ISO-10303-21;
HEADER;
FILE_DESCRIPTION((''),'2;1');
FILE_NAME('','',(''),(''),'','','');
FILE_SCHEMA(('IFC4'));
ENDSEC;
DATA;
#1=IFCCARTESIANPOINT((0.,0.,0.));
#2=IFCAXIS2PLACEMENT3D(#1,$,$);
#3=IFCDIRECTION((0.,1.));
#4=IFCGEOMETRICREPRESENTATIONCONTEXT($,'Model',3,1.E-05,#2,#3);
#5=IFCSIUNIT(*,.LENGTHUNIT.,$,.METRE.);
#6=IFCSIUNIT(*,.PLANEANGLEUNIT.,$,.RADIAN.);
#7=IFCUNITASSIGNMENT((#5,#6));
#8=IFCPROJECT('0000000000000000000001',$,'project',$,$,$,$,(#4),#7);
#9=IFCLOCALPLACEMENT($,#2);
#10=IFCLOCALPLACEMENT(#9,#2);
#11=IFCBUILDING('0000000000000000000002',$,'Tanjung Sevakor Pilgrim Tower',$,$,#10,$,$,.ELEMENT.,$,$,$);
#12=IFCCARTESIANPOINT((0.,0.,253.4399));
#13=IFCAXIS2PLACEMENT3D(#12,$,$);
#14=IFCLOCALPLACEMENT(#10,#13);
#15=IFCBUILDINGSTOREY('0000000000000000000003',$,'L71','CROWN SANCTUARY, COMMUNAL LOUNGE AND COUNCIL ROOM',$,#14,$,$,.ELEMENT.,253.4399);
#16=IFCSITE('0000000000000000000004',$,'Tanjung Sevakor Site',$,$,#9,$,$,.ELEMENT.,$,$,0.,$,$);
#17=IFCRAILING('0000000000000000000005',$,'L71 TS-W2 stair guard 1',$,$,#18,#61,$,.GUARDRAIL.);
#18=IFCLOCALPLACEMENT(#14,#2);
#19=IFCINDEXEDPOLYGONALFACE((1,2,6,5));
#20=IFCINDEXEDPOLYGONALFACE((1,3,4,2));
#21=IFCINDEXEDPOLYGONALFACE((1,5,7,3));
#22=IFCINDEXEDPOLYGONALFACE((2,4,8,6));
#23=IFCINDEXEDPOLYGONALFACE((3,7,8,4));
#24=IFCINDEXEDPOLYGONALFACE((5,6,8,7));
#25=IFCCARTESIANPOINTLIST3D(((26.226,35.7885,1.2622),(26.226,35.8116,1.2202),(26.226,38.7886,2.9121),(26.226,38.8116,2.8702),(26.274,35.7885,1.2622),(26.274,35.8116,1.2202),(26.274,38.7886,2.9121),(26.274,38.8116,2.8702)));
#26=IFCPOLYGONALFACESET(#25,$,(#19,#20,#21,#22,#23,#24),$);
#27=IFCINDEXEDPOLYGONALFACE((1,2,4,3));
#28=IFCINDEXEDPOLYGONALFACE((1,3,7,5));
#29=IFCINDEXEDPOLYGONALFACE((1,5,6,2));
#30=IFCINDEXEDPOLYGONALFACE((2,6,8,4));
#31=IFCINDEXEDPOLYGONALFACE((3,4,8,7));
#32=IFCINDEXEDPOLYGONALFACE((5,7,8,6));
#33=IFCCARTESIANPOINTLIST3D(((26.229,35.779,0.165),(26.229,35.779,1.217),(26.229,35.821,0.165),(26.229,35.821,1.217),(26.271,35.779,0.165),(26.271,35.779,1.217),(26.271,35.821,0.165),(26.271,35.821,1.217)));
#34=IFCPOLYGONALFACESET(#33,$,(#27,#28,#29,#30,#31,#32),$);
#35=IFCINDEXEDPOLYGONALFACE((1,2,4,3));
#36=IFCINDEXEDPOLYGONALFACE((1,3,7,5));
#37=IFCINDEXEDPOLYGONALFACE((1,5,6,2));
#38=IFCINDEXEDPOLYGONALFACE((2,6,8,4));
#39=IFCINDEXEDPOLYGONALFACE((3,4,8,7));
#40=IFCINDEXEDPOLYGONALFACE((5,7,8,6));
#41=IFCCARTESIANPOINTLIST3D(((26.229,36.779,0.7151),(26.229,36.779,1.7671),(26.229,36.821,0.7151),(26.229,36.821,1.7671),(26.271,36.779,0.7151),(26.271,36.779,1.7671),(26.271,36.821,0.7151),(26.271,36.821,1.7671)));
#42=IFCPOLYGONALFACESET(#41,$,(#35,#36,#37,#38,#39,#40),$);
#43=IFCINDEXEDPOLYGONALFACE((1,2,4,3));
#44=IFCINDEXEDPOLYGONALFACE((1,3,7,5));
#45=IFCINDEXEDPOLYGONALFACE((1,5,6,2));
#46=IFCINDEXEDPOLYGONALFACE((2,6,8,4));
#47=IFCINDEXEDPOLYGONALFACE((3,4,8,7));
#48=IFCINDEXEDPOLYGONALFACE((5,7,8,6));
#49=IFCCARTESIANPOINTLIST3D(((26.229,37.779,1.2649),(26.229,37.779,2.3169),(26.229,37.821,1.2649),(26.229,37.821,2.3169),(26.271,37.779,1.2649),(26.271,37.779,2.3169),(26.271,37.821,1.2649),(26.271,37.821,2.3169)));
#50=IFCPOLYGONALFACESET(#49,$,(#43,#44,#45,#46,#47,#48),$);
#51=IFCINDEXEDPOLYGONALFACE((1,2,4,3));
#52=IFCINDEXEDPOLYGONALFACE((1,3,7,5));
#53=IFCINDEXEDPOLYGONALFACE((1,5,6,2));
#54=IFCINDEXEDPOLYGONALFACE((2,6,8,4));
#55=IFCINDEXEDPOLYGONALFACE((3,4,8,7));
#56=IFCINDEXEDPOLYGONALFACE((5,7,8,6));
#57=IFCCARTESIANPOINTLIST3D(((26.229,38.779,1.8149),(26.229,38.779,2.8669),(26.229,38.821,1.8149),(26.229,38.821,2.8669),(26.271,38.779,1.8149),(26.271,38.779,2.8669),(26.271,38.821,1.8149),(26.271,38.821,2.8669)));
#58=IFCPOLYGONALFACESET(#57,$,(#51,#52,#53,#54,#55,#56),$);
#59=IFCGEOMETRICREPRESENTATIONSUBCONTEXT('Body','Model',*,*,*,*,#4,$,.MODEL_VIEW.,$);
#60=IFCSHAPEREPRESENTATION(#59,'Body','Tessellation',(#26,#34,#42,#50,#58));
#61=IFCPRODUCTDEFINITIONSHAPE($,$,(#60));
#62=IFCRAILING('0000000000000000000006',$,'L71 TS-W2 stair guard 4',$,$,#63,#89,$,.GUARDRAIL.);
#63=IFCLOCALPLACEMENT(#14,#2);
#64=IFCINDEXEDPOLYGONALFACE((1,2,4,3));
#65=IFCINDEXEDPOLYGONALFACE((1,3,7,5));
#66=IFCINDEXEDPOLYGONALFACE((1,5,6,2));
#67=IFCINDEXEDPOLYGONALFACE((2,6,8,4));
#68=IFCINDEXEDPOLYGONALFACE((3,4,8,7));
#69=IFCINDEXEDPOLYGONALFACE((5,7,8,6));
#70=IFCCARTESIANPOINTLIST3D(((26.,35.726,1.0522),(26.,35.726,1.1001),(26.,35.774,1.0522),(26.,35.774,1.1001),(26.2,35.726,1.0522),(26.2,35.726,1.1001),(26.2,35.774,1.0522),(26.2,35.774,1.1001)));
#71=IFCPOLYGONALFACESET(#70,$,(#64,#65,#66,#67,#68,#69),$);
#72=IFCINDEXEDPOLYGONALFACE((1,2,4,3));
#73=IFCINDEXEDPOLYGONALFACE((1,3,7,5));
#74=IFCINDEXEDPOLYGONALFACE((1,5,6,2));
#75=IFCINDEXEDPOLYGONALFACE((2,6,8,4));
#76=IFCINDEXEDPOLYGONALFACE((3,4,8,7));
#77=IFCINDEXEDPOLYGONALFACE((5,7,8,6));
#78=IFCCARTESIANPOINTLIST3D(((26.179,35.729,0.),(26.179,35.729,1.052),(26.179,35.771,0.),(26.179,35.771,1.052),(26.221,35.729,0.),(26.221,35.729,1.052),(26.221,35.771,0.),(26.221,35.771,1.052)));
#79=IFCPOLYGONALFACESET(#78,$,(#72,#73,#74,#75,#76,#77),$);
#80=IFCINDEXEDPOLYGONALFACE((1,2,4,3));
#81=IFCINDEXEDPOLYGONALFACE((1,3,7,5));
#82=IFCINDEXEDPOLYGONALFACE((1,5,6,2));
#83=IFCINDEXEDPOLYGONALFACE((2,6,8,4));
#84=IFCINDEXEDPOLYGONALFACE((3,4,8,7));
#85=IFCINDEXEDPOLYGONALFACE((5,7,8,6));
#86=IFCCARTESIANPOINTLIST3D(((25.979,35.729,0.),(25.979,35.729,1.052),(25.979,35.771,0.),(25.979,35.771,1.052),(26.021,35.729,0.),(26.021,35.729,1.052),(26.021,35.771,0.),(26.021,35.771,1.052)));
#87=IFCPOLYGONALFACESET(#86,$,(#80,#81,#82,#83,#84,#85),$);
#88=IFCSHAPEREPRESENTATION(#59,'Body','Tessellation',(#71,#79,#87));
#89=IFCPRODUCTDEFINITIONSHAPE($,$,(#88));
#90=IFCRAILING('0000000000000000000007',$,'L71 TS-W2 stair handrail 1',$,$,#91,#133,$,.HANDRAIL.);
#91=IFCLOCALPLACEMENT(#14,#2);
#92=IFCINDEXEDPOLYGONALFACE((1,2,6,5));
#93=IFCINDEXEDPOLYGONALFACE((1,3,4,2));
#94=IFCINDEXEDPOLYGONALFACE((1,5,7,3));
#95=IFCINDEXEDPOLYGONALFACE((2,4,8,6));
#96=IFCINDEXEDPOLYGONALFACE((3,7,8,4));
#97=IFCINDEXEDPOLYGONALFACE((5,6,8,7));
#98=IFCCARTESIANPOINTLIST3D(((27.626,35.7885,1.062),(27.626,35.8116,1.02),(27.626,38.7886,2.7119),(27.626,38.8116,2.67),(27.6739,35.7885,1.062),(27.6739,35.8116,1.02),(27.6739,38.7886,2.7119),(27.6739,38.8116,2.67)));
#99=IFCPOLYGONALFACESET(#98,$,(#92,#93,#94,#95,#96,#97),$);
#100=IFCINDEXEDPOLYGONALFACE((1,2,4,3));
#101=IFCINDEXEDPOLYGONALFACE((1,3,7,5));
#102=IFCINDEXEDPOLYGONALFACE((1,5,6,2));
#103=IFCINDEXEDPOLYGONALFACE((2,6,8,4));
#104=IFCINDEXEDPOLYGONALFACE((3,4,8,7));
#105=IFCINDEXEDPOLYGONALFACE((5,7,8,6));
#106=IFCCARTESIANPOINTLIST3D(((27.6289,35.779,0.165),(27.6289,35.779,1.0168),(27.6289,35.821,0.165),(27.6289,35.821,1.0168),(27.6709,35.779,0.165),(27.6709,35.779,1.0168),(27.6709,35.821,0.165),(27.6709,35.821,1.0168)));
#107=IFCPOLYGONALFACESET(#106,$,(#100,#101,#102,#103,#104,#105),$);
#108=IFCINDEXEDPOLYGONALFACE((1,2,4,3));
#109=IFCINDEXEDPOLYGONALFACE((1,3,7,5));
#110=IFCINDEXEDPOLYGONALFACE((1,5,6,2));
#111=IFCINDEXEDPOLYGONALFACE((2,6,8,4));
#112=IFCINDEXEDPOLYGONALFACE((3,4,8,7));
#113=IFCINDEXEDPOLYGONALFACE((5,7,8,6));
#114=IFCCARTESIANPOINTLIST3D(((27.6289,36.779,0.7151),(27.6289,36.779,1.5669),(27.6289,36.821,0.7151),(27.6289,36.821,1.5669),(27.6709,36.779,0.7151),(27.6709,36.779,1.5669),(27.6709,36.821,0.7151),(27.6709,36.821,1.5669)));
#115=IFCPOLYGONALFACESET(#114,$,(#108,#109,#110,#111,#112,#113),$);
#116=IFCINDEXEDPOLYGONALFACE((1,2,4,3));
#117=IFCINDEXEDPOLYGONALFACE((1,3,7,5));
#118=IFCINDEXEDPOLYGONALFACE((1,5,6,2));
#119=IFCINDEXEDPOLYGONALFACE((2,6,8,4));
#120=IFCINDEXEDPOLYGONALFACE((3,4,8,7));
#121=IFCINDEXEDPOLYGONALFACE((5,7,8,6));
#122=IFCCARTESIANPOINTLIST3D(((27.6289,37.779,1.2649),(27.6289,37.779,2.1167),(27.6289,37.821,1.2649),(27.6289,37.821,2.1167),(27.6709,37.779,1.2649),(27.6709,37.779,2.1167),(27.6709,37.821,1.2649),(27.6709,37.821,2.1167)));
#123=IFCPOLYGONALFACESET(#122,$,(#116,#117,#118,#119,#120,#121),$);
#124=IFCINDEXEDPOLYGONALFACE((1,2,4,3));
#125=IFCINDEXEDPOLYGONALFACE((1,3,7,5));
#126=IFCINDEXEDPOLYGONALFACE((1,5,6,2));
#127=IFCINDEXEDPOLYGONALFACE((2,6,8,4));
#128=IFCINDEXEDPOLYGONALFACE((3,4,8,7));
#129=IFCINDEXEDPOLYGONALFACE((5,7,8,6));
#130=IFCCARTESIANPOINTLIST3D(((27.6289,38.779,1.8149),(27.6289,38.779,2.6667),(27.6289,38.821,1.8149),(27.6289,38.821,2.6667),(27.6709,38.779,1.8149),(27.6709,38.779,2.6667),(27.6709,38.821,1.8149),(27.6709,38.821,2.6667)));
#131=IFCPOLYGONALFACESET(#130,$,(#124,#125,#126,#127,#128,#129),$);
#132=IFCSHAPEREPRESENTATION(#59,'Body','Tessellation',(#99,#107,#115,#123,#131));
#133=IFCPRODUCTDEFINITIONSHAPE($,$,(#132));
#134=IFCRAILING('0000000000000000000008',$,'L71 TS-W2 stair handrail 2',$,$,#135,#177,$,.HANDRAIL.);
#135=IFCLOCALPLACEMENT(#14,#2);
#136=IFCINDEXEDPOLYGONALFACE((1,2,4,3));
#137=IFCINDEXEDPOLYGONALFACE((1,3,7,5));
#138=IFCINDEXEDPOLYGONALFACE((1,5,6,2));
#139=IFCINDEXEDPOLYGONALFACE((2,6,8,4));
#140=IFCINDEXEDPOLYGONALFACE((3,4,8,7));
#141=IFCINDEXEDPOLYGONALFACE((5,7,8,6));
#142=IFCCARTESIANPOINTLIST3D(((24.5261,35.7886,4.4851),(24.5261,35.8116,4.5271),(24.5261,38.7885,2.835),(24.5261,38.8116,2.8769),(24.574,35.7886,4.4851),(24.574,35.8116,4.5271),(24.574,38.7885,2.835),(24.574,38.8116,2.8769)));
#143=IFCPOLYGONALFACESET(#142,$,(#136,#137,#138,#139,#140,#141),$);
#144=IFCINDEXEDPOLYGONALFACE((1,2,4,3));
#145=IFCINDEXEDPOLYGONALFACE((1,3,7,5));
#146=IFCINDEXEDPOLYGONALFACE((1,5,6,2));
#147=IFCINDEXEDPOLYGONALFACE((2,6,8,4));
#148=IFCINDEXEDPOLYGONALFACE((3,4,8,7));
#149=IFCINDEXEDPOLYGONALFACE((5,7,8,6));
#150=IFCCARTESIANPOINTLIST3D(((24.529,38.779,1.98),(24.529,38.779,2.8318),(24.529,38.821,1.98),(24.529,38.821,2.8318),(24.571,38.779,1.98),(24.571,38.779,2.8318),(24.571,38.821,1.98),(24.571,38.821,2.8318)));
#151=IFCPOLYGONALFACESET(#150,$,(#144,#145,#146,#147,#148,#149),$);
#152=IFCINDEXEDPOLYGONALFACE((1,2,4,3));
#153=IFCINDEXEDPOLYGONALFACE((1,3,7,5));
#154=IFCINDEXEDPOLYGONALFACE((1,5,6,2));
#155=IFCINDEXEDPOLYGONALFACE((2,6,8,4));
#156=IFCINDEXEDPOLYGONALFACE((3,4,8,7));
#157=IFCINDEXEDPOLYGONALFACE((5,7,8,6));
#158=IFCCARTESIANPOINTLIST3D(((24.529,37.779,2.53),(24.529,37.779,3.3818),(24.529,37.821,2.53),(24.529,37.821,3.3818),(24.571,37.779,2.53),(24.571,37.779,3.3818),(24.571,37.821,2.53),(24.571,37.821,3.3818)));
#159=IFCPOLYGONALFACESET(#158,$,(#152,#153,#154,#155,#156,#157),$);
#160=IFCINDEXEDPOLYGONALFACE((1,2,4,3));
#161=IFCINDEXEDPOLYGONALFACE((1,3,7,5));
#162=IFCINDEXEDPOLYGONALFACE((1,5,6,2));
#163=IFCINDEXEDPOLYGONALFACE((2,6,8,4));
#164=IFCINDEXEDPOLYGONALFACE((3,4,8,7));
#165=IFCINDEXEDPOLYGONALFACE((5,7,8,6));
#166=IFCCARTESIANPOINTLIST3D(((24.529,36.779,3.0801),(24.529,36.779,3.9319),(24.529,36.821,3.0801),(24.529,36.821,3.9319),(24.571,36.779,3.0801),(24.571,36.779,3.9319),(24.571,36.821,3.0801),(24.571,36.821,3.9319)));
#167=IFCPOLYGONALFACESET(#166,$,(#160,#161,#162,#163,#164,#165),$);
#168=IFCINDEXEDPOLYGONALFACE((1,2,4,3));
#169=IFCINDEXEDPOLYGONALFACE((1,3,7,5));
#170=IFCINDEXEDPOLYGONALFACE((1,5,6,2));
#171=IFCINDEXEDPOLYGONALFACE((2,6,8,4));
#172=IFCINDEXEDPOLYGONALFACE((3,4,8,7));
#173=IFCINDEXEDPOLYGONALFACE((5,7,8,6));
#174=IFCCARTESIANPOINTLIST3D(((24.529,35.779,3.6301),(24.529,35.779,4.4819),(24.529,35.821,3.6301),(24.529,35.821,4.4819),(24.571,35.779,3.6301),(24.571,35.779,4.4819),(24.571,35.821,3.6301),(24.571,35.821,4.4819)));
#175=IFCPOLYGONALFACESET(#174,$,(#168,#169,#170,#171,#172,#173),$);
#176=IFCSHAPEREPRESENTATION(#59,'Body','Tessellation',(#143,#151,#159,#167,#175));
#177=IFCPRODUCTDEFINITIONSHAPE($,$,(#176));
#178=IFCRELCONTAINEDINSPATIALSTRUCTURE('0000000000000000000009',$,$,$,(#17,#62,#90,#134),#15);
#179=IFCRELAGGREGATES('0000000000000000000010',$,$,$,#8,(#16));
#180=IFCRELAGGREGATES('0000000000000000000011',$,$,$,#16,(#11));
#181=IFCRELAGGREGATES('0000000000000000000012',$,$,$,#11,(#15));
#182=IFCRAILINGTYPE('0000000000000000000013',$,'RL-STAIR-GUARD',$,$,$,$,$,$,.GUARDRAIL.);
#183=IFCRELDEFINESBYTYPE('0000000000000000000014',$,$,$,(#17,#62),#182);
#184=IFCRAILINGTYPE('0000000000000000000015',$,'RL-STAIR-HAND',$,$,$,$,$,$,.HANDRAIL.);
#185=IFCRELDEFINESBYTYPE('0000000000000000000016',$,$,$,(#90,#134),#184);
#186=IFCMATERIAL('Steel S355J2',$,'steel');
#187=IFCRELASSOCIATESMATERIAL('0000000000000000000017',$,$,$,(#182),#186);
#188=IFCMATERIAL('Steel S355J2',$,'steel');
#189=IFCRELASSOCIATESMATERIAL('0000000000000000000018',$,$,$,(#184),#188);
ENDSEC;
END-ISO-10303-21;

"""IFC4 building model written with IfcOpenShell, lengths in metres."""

from ifc_helpers import new_model, si_unit, direction, frame, origin, place, context, subcontext, project, spatial, rectangle, extrude, material, type_object, element, save


model = new_model("IFC4")

# Units and contexts
model_context = context("Model", 3, precision=1e-05, world=origin(), true_north=direction((0.0, 1.0)))
body_context = subcontext(model_context, "Body", "Model", "MODEL_VIEW")
ifc_project = project(units=[si_unit("LENGTHUNIT", "METRE"), si_unit("PLANEANGLEUNIT", "RADIAN")], contexts=[model_context])

# Site, building, storey
site_placement = place(None, origin())
site = spatial("IfcSite", under=ifc_project, at=site_placement, Name="Tanjung Sevakor Site", CompositionType="ELEMENT", RefElevation=0.0)
building_placement = place(site_placement, origin())
building = spatial("IfcBuilding", under=site, at=building_placement, Name="Tanjung Sevakor Pilgrim Tower", CompositionType="ELEMENT")
storey_placement = place(building_placement, frame((0.0, 0.0, 253.4399)))
storey = spatial("IfcBuildingStorey", under=building, at=storey_placement, Name="L71", Description="CROWN SANCTUARY, COMMUNAL LOUNGE AND COUNCIL ROOM", CompositionType="ELEMENT", Elevation=253.4399)

# Railings
ifc_material_1 = material(Name="Steel S355J2", Category="steel")
railing_type_1 = type_object("IfcRailingType", Name="RL-STAIR-GUARD", PredefinedType="GUARDRAIL", material=ifc_material_1)
railing_1_placement = place(storey_placement, frame((26.25, 35.8, 0.165)))
element("IfcRailing", 1, at=railing_1_placement, inside=storey, type_object=railing_type_1, Name="L71 TS-W2 stair guard 1", PredefinedType="GUARDRAIL", context=body_context, shape_type="SweptSolid", body=[
    extrude(rectangle(XDim=0.0479, YDim=0.0479), frame((0.0, 0.0, 1.0762), z_axis=(0.0, 0.876228, 0.481897), x_axis=(-1.0, 0.0, 0.0)), (0.0, 0.0, 1.0), 3.4238),
    extrude(rectangle(XDim=0.042, YDim=0.042), origin(), (0.0, 0.0, 1.0), 1.052),
    extrude(rectangle(XDim=0.042, YDim=0.042), frame((0.0, 1.0, 0.55)), (0.0, 0.0, 1.0), 1.052),
    extrude(rectangle(XDim=0.042, YDim=0.042), frame((0.0, 2.0, 1.0999)), (0.0, 0.0, 1.0), 1.052),
    extrude(rectangle(XDim=0.042, YDim=0.042), frame((0.0, 3.0, 1.6499)), (0.0, 0.0, 1.0), 1.052),
])
railing_2_placement = place(storey_placement, frame((26.2, 35.75, 0.0)))
element("IfcRailing", 2, at=railing_2_placement, inside=storey, type_object=railing_type_1, Name="L71 TS-W2 stair guard 4", PredefinedType="GUARDRAIL", context=body_context, shape_type="SweptSolid", body=[
    extrude(rectangle(XDim=0.0479, YDim=0.0479), frame((0.0, 0.0, 1.0762), z_axis=(-1.0, 0.0, 0.0), x_axis=(0.0, -1.0, 0.0)), (0.0, 0.0, 1.0), 0.2),
    extrude(rectangle(XDim=0.042, YDim=0.042), origin(), (0.0, 0.0, 1.0), 1.052),
    extrude(rectangle(XDim=0.042, YDim=0.042), frame((-0.2, 0.0, 0.0)), (0.0, 0.0, 1.0), 1.052),
])
ifc_material_2 = material(Name="Steel S355J2", Category="steel")
railing_type_2 = type_object("IfcRailingType", Name="RL-STAIR-HAND", PredefinedType="HANDRAIL", material=ifc_material_2)
railing_3_placement = place(storey_placement, frame((27.6499, 35.8, 0.165)))
element("IfcRailing", 3, at=railing_3_placement, inside=storey, type_object=railing_type_2, Name="L71 TS-W2 stair handrail 1", PredefinedType="HANDRAIL", context=body_context, shape_type="SweptSolid", body=[
    extrude(rectangle(XDim=0.0479, YDim=0.0479), frame((0.0, 0.0, 0.876), z_axis=(0.0, 0.876228, 0.481897), x_axis=(-1.0, 0.0, 0.0)), (0.0, 0.0, 1.0), 3.4238),
    extrude(rectangle(XDim=0.042, YDim=0.042), origin(), (0.0, 0.0, 1.0), 0.8518),
    extrude(rectangle(XDim=0.042, YDim=0.042), frame((0.0, 1.0, 0.55)), (0.0, 0.0, 1.0), 0.8518),
    extrude(rectangle(XDim=0.042, YDim=0.042), frame((0.0, 2.0, 1.0999)), (0.0, 0.0, 1.0), 0.8518),
    extrude(rectangle(XDim=0.042, YDim=0.042), frame((0.0, 3.0, 1.6499)), (0.0, 0.0, 1.0), 0.8518),
])
railing_4_placement = place(storey_placement, frame((24.55, 38.8, 1.98)))
element("IfcRailing", 4, at=railing_4_placement, inside=storey, type_object=railing_type_2, Name="L71 TS-W2 stair handrail 2", PredefinedType="HANDRAIL", context=body_context, shape_type="SweptSolid", body=[
    extrude(rectangle(XDim=0.0479, YDim=0.0479), frame((0.0, 0.0, 0.876), z_axis=(0.0, -0.876198, 0.481952), x_axis=(1.0, 0.0, 0.0)), (0.0, 0.0, 1.0), 3.4238),
    extrude(rectangle(XDim=0.042, YDim=0.042), origin(), (0.0, 0.0, 1.0), 0.8518),
    extrude(rectangle(XDim=0.042, YDim=0.042), frame((0.0, -1.0, 0.55)), (0.0, 0.0, 1.0), 0.8518),
    extrude(rectangle(XDim=0.042, YDim=0.042), frame((0.0, -2.0, 1.1001)), (0.0, 0.0, 1.0), 0.8518),
    extrude(rectangle(XDim=0.042, YDim=0.042), frame((0.0, -3.0, 1.6501)), (0.0, 0.0, 1.0), 0.8518),
])

save(model, "model.ifc")
